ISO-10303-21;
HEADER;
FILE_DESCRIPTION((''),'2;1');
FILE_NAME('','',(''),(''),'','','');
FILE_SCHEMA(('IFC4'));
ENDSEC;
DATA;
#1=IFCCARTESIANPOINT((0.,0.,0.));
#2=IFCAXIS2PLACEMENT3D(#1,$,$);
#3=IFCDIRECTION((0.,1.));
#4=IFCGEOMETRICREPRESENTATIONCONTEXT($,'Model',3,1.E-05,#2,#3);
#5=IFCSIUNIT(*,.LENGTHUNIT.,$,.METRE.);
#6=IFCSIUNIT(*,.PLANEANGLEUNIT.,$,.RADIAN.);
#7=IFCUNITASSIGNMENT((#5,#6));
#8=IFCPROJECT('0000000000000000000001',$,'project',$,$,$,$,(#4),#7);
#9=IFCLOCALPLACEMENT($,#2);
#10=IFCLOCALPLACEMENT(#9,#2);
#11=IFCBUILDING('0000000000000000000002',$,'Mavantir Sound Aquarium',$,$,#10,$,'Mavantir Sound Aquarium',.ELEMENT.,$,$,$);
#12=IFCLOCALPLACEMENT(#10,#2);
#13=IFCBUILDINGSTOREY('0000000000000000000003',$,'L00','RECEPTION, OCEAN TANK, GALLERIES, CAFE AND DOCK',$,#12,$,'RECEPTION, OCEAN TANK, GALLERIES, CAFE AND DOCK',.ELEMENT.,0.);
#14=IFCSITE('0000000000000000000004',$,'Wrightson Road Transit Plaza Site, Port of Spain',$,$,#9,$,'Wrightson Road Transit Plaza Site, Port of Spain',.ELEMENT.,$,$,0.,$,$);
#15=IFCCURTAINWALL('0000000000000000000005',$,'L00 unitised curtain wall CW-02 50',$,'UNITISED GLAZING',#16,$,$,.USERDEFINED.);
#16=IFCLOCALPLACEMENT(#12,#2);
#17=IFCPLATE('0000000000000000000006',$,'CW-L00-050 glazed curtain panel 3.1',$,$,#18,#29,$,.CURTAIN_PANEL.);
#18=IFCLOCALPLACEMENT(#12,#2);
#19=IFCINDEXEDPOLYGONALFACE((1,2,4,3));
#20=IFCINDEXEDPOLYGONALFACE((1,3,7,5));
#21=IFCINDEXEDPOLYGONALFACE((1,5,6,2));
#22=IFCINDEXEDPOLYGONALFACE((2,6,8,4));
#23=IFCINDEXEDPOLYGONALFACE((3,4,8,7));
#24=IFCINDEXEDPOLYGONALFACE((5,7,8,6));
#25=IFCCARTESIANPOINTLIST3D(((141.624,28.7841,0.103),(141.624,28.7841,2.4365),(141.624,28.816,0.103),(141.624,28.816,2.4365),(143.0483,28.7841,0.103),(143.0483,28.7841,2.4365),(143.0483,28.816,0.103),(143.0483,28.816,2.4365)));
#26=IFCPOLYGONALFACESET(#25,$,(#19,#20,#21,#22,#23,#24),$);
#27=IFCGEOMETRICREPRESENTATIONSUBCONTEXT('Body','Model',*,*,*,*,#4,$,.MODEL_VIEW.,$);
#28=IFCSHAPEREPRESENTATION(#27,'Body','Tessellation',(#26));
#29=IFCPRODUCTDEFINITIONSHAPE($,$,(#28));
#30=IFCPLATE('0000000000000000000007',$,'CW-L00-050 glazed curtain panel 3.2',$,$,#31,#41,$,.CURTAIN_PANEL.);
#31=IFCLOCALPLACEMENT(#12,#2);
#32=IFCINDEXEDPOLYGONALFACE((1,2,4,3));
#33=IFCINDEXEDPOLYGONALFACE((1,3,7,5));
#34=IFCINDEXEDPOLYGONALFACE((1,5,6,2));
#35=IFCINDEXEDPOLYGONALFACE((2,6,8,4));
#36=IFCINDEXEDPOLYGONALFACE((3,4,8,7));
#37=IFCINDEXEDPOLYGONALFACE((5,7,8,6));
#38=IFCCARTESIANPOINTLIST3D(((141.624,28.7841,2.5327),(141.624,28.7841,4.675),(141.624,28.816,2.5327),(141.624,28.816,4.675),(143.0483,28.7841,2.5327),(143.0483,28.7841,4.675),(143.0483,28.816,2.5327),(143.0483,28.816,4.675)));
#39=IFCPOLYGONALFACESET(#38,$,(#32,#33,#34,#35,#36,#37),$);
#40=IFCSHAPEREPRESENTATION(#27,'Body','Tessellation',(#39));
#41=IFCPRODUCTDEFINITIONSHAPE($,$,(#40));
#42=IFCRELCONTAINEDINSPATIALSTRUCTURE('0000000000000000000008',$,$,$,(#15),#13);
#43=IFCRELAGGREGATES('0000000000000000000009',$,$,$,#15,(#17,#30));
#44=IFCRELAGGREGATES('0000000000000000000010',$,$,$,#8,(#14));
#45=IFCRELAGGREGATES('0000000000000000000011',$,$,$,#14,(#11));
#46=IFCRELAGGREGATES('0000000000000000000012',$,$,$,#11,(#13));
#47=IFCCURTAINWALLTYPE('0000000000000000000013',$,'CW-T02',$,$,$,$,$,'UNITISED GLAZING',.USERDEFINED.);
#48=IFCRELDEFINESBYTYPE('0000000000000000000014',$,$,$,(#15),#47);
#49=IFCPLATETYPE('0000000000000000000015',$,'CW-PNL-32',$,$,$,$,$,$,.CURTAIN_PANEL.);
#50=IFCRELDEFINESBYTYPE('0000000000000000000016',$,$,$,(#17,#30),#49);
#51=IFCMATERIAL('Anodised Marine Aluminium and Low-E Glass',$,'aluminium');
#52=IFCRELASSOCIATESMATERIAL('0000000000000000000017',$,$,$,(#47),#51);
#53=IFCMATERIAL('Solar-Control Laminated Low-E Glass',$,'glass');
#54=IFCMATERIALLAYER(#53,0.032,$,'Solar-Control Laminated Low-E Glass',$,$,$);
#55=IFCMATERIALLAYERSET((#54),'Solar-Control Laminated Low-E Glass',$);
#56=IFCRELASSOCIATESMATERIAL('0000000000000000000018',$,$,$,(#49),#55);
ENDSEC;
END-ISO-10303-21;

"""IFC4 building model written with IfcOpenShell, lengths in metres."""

from ifc_helpers import new_model, si_unit, direction, frame, origin, origin_2d, place, context, subcontext, project, spatial, rectangle, extrude, material, layer, layer_set, type_object, element, aggregate, save


model = new_model("IFC4")

# Units and contexts
model_context = context("Model", 3, precision=1e-05, world=origin(), true_north=direction((0.0, 1.0)))
body_context = subcontext(model_context, "Body", "Model", "MODEL_VIEW")
ifc_project = project(units=[si_unit("LENGTHUNIT", "METRE"), si_unit("PLANEANGLEUNIT", "RADIAN")], contexts=[model_context])

# Site, building, storey
site_placement = place(None, origin())
site = spatial("IfcSite", under=ifc_project, at=site_placement, Name="Wrightson Road Transit Plaza Site, Port of Spain", LongName="Wrightson Road Transit Plaza Site, Port of Spain", CompositionType="ELEMENT", RefElevation=0.0)
building_placement = place(site_placement, origin())
building = spatial("IfcBuilding", under=site, at=building_placement, Name="Mavantir Sound Aquarium", LongName="Mavantir Sound Aquarium", CompositionType="ELEMENT")
storey_placement = place(building_placement, origin())
storey = spatial("IfcBuildingStorey", under=building, at=storey_placement, Name="L00", Description="RECEPTION, OCEAN TANK, GALLERIES, CAFE AND DOCK", LongName="RECEPTION, OCEAN TANK, GALLERIES, CAFE AND DOCK", CompositionType="ELEMENT", Elevation=0.0)

# Curtain wall
ifc_material_1 = material(Name="Anodised Marine Aluminium and Low-E Glass", Category="aluminium")
curtain_wall_type_1 = type_object("IfcCurtainWallType", Name="CW-T02", ElementType="UNITISED GLAZING", PredefinedType="USERDEFINED", material=ifc_material_1)
curtain_wall_1_placement = place(storey_placement, origin())
curtain_wall_1 = element("IfcCurtainWall", 1, at=curtain_wall_1_placement, inside=storey, type_object=curtain_wall_type_1, Name="L00 unitised curtain wall CW-02 50", ObjectType="UNITISED GLAZING", PredefinedType="USERDEFINED")

# Plates
ifc_material_2 = material(Name="Solar-Control Laminated Low-E Glass", Category="glass")
ifc_layer = layer(ifc_material_2, 0.032, Name="Solar-Control Laminated Low-E Glass")
ifc_layer_set = layer_set([ifc_layer], Name="Solar-Control Laminated Low-E Glass")
plate_type = type_object("IfcPlateType", Name="CW-PNL-32", PredefinedType="CURTAIN_PANEL", material=ifc_layer_set)
plate_1_placement = place(storey_placement, frame((142.3362, 28.8, 0.103), z_axis=(0.0, 0.0, 1.0), x_axis=(-1.0, 0.0, 0.0)))
plate_1 = element("IfcPlate", 2, at=plate_1_placement, type_object=plate_type, Name="CW-L00-050 glazed curtain panel 3.1", PredefinedType="CURTAIN_PANEL", context=body_context, shape_type="SweptSolid", body=[
    extrude(rectangle(XDim=1.4243, YDim=0.032, at=origin_2d()), origin(), (0.0, 0.0, 1.0), 2.3335),
])
plate_2_placement = place(storey_placement, frame((142.3362, 28.8, 2.5327), z_axis=(0.0, 0.0, 1.0), x_axis=(-1.0, 0.0, 0.0)))
plate_2 = element("IfcPlate", 3, at=plate_2_placement, type_object=plate_type, Name="CW-L00-050 glazed curtain panel 3.2", PredefinedType="CURTAIN_PANEL", context=body_context, shape_type="SweptSolid", body=[
    extrude(rectangle(XDim=1.4243, YDim=0.032, at=origin_2d()), origin(), (0.0, 0.0, 1.0), 2.1423),
])
aggregate(curtain_wall_1, [plate_1, plate_2])

save(model, "model.ifc")
